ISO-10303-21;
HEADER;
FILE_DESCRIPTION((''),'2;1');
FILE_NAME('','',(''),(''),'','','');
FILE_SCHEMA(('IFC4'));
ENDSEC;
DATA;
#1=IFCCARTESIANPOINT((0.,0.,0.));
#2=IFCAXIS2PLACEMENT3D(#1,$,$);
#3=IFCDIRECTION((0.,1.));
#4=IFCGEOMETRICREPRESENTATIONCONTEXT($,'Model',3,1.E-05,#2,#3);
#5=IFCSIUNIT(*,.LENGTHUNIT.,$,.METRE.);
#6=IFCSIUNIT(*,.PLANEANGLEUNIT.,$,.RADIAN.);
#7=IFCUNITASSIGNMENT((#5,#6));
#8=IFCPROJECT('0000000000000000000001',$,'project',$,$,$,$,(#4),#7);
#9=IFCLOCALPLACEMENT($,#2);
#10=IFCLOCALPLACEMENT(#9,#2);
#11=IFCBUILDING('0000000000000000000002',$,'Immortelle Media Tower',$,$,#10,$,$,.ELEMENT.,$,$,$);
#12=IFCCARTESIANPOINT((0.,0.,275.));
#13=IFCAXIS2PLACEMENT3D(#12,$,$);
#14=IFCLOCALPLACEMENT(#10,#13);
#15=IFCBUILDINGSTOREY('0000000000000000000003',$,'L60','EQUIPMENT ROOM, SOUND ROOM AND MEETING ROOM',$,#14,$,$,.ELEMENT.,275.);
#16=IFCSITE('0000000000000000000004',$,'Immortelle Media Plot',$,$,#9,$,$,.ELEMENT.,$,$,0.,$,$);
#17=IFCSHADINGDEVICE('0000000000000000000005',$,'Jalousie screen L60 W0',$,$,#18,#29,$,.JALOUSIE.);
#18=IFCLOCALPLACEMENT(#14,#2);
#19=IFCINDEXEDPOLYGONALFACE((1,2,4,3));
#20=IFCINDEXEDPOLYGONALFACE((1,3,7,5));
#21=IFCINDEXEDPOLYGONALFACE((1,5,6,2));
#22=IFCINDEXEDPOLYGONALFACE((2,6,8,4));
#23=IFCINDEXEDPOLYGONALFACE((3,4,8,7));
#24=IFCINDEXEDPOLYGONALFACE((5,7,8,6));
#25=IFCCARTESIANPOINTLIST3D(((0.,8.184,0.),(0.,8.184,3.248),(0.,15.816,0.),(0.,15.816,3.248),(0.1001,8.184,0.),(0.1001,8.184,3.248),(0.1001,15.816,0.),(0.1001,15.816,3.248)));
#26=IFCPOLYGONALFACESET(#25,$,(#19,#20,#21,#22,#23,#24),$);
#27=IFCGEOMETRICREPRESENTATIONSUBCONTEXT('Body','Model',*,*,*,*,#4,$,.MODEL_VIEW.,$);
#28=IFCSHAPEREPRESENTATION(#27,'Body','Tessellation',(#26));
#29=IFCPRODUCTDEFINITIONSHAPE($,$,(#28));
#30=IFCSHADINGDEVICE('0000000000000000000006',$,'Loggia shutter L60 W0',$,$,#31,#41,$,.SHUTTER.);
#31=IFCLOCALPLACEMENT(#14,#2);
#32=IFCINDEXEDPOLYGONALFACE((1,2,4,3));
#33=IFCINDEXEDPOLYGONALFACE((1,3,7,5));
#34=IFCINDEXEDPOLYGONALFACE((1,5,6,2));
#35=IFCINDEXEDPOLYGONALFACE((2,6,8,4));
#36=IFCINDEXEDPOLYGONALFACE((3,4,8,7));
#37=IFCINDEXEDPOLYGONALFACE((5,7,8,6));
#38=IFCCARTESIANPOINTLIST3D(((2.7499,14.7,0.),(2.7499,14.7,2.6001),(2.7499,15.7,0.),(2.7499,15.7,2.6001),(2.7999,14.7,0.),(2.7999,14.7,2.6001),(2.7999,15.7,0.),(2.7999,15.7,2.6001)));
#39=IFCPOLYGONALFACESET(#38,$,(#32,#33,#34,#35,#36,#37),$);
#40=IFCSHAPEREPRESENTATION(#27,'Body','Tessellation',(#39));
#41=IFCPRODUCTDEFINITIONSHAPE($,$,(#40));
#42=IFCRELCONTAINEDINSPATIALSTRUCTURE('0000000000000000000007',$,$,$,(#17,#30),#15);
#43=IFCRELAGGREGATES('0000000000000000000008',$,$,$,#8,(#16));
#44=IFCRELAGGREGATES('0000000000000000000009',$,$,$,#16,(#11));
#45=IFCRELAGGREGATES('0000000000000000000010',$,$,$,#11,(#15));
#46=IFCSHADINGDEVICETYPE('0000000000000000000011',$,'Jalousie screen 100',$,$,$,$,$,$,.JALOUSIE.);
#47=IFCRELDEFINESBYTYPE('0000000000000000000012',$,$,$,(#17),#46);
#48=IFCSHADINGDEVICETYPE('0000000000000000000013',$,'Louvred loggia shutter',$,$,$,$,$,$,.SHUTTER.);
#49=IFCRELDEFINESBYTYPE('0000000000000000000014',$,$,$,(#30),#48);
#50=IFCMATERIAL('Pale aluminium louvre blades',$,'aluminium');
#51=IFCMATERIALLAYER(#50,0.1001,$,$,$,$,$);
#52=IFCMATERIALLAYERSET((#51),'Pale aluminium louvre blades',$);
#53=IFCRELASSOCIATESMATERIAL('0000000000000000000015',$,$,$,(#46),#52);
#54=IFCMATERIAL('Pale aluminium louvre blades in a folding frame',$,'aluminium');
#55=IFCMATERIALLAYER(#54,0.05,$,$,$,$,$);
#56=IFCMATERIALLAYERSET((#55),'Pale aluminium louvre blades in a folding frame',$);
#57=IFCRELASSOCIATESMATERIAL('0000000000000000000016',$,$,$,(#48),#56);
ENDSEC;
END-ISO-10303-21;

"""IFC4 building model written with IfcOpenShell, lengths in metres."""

from ifc_helpers import new_model, si_unit, direction, frame, origin, origin_2d, place, context, subcontext, project, spatial, rectangle, extrude, material, layer, layer_set, type_object, element, save


model = new_model("IFC4")

# Units and contexts
model_context = context("Model", 3, precision=1e-05, world=origin(), true_north=direction((0.0, 1.0)))
body_context = subcontext(model_context, "Body", "Model", "MODEL_VIEW")
ifc_project = project(units=[si_unit("LENGTHUNIT", "METRE"), si_unit("PLANEANGLEUNIT", "RADIAN")], contexts=[model_context])

# Site, building, storey
site_placement = place(None, origin())
site = spatial("IfcSite", under=ifc_project, at=site_placement, Name="Immortelle Media Plot", CompositionType="ELEMENT", RefElevation=0.0)
building_placement = place(site_placement, origin())
building = spatial("IfcBuilding", under=site, at=building_placement, Name="Immortelle Media Tower", CompositionType="ELEMENT")
storey_placement = place(building_placement, frame((0.0, 0.0, 275.0)))
storey = spatial("IfcBuildingStorey", under=building, at=storey_placement, Name="L60", Description="EQUIPMENT ROOM, SOUND ROOM AND MEETING ROOM", CompositionType="ELEMENT", Elevation=275.0)

# Shading devices
ifc_material_1 = material(Name="Pale aluminium louvre blades", Category="aluminium")
ifc_layer_1 = layer(ifc_material_1, 0.1001)
ifc_layer_set_1 = layer_set([ifc_layer_1], Name="Pale aluminium louvre blades")
shading_device_type_1 = type_object("IfcShadingDeviceType", Name="Jalousie screen 100", PredefinedType="JALOUSIE", material=ifc_layer_set_1)
shading_device_1_placement = place(storey_placement, frame((0.05, 12.0, 0.0), z_axis=(0.0, 0.0, 1.0), x_axis=(0.0, -1.0, 0.0)))
element("IfcShadingDevice", 1, at=shading_device_1_placement, inside=storey, type_object=shading_device_type_1, Name="Jalousie screen L60 W0", PredefinedType="JALOUSIE", context=body_context, shape_type="SweptSolid", body=[
    extrude(rectangle(XDim=7.6321, YDim=0.1001, at=origin_2d()), origin(), (0.0, 0.0, 1.0), 3.248),
])
ifc_material_2 = material(Name="Pale aluminium louvre blades in a folding frame", Category="aluminium")
ifc_layer_2 = layer(ifc_material_2, 0.05)
ifc_layer_set_2 = layer_set([ifc_layer_2], Name="Pale aluminium louvre blades in a folding frame")
shading_device_type_2 = type_object("IfcShadingDeviceType", Name="Louvred loggia shutter", PredefinedType="SHUTTER", material=ifc_layer_set_2)
shading_device_2_placement = place(storey_placement, frame((2.7749, 15.2, 0.0), z_axis=(0.0, 0.0, 1.0), x_axis=(0.0, -1.0, 0.0)))
element("IfcShadingDevice", 2, at=shading_device_2_placement, inside=storey, type_object=shading_device_type_2, Name="Loggia shutter L60 W0", PredefinedType="SHUTTER", context=body_context, shape_type="SweptSolid", body=[
    extrude(rectangle(XDim=1.0, YDim=0.05, at=origin_2d()), origin(), (0.0, 0.0, 1.0), 2.6001),
])

save(model, "model.ifc")
